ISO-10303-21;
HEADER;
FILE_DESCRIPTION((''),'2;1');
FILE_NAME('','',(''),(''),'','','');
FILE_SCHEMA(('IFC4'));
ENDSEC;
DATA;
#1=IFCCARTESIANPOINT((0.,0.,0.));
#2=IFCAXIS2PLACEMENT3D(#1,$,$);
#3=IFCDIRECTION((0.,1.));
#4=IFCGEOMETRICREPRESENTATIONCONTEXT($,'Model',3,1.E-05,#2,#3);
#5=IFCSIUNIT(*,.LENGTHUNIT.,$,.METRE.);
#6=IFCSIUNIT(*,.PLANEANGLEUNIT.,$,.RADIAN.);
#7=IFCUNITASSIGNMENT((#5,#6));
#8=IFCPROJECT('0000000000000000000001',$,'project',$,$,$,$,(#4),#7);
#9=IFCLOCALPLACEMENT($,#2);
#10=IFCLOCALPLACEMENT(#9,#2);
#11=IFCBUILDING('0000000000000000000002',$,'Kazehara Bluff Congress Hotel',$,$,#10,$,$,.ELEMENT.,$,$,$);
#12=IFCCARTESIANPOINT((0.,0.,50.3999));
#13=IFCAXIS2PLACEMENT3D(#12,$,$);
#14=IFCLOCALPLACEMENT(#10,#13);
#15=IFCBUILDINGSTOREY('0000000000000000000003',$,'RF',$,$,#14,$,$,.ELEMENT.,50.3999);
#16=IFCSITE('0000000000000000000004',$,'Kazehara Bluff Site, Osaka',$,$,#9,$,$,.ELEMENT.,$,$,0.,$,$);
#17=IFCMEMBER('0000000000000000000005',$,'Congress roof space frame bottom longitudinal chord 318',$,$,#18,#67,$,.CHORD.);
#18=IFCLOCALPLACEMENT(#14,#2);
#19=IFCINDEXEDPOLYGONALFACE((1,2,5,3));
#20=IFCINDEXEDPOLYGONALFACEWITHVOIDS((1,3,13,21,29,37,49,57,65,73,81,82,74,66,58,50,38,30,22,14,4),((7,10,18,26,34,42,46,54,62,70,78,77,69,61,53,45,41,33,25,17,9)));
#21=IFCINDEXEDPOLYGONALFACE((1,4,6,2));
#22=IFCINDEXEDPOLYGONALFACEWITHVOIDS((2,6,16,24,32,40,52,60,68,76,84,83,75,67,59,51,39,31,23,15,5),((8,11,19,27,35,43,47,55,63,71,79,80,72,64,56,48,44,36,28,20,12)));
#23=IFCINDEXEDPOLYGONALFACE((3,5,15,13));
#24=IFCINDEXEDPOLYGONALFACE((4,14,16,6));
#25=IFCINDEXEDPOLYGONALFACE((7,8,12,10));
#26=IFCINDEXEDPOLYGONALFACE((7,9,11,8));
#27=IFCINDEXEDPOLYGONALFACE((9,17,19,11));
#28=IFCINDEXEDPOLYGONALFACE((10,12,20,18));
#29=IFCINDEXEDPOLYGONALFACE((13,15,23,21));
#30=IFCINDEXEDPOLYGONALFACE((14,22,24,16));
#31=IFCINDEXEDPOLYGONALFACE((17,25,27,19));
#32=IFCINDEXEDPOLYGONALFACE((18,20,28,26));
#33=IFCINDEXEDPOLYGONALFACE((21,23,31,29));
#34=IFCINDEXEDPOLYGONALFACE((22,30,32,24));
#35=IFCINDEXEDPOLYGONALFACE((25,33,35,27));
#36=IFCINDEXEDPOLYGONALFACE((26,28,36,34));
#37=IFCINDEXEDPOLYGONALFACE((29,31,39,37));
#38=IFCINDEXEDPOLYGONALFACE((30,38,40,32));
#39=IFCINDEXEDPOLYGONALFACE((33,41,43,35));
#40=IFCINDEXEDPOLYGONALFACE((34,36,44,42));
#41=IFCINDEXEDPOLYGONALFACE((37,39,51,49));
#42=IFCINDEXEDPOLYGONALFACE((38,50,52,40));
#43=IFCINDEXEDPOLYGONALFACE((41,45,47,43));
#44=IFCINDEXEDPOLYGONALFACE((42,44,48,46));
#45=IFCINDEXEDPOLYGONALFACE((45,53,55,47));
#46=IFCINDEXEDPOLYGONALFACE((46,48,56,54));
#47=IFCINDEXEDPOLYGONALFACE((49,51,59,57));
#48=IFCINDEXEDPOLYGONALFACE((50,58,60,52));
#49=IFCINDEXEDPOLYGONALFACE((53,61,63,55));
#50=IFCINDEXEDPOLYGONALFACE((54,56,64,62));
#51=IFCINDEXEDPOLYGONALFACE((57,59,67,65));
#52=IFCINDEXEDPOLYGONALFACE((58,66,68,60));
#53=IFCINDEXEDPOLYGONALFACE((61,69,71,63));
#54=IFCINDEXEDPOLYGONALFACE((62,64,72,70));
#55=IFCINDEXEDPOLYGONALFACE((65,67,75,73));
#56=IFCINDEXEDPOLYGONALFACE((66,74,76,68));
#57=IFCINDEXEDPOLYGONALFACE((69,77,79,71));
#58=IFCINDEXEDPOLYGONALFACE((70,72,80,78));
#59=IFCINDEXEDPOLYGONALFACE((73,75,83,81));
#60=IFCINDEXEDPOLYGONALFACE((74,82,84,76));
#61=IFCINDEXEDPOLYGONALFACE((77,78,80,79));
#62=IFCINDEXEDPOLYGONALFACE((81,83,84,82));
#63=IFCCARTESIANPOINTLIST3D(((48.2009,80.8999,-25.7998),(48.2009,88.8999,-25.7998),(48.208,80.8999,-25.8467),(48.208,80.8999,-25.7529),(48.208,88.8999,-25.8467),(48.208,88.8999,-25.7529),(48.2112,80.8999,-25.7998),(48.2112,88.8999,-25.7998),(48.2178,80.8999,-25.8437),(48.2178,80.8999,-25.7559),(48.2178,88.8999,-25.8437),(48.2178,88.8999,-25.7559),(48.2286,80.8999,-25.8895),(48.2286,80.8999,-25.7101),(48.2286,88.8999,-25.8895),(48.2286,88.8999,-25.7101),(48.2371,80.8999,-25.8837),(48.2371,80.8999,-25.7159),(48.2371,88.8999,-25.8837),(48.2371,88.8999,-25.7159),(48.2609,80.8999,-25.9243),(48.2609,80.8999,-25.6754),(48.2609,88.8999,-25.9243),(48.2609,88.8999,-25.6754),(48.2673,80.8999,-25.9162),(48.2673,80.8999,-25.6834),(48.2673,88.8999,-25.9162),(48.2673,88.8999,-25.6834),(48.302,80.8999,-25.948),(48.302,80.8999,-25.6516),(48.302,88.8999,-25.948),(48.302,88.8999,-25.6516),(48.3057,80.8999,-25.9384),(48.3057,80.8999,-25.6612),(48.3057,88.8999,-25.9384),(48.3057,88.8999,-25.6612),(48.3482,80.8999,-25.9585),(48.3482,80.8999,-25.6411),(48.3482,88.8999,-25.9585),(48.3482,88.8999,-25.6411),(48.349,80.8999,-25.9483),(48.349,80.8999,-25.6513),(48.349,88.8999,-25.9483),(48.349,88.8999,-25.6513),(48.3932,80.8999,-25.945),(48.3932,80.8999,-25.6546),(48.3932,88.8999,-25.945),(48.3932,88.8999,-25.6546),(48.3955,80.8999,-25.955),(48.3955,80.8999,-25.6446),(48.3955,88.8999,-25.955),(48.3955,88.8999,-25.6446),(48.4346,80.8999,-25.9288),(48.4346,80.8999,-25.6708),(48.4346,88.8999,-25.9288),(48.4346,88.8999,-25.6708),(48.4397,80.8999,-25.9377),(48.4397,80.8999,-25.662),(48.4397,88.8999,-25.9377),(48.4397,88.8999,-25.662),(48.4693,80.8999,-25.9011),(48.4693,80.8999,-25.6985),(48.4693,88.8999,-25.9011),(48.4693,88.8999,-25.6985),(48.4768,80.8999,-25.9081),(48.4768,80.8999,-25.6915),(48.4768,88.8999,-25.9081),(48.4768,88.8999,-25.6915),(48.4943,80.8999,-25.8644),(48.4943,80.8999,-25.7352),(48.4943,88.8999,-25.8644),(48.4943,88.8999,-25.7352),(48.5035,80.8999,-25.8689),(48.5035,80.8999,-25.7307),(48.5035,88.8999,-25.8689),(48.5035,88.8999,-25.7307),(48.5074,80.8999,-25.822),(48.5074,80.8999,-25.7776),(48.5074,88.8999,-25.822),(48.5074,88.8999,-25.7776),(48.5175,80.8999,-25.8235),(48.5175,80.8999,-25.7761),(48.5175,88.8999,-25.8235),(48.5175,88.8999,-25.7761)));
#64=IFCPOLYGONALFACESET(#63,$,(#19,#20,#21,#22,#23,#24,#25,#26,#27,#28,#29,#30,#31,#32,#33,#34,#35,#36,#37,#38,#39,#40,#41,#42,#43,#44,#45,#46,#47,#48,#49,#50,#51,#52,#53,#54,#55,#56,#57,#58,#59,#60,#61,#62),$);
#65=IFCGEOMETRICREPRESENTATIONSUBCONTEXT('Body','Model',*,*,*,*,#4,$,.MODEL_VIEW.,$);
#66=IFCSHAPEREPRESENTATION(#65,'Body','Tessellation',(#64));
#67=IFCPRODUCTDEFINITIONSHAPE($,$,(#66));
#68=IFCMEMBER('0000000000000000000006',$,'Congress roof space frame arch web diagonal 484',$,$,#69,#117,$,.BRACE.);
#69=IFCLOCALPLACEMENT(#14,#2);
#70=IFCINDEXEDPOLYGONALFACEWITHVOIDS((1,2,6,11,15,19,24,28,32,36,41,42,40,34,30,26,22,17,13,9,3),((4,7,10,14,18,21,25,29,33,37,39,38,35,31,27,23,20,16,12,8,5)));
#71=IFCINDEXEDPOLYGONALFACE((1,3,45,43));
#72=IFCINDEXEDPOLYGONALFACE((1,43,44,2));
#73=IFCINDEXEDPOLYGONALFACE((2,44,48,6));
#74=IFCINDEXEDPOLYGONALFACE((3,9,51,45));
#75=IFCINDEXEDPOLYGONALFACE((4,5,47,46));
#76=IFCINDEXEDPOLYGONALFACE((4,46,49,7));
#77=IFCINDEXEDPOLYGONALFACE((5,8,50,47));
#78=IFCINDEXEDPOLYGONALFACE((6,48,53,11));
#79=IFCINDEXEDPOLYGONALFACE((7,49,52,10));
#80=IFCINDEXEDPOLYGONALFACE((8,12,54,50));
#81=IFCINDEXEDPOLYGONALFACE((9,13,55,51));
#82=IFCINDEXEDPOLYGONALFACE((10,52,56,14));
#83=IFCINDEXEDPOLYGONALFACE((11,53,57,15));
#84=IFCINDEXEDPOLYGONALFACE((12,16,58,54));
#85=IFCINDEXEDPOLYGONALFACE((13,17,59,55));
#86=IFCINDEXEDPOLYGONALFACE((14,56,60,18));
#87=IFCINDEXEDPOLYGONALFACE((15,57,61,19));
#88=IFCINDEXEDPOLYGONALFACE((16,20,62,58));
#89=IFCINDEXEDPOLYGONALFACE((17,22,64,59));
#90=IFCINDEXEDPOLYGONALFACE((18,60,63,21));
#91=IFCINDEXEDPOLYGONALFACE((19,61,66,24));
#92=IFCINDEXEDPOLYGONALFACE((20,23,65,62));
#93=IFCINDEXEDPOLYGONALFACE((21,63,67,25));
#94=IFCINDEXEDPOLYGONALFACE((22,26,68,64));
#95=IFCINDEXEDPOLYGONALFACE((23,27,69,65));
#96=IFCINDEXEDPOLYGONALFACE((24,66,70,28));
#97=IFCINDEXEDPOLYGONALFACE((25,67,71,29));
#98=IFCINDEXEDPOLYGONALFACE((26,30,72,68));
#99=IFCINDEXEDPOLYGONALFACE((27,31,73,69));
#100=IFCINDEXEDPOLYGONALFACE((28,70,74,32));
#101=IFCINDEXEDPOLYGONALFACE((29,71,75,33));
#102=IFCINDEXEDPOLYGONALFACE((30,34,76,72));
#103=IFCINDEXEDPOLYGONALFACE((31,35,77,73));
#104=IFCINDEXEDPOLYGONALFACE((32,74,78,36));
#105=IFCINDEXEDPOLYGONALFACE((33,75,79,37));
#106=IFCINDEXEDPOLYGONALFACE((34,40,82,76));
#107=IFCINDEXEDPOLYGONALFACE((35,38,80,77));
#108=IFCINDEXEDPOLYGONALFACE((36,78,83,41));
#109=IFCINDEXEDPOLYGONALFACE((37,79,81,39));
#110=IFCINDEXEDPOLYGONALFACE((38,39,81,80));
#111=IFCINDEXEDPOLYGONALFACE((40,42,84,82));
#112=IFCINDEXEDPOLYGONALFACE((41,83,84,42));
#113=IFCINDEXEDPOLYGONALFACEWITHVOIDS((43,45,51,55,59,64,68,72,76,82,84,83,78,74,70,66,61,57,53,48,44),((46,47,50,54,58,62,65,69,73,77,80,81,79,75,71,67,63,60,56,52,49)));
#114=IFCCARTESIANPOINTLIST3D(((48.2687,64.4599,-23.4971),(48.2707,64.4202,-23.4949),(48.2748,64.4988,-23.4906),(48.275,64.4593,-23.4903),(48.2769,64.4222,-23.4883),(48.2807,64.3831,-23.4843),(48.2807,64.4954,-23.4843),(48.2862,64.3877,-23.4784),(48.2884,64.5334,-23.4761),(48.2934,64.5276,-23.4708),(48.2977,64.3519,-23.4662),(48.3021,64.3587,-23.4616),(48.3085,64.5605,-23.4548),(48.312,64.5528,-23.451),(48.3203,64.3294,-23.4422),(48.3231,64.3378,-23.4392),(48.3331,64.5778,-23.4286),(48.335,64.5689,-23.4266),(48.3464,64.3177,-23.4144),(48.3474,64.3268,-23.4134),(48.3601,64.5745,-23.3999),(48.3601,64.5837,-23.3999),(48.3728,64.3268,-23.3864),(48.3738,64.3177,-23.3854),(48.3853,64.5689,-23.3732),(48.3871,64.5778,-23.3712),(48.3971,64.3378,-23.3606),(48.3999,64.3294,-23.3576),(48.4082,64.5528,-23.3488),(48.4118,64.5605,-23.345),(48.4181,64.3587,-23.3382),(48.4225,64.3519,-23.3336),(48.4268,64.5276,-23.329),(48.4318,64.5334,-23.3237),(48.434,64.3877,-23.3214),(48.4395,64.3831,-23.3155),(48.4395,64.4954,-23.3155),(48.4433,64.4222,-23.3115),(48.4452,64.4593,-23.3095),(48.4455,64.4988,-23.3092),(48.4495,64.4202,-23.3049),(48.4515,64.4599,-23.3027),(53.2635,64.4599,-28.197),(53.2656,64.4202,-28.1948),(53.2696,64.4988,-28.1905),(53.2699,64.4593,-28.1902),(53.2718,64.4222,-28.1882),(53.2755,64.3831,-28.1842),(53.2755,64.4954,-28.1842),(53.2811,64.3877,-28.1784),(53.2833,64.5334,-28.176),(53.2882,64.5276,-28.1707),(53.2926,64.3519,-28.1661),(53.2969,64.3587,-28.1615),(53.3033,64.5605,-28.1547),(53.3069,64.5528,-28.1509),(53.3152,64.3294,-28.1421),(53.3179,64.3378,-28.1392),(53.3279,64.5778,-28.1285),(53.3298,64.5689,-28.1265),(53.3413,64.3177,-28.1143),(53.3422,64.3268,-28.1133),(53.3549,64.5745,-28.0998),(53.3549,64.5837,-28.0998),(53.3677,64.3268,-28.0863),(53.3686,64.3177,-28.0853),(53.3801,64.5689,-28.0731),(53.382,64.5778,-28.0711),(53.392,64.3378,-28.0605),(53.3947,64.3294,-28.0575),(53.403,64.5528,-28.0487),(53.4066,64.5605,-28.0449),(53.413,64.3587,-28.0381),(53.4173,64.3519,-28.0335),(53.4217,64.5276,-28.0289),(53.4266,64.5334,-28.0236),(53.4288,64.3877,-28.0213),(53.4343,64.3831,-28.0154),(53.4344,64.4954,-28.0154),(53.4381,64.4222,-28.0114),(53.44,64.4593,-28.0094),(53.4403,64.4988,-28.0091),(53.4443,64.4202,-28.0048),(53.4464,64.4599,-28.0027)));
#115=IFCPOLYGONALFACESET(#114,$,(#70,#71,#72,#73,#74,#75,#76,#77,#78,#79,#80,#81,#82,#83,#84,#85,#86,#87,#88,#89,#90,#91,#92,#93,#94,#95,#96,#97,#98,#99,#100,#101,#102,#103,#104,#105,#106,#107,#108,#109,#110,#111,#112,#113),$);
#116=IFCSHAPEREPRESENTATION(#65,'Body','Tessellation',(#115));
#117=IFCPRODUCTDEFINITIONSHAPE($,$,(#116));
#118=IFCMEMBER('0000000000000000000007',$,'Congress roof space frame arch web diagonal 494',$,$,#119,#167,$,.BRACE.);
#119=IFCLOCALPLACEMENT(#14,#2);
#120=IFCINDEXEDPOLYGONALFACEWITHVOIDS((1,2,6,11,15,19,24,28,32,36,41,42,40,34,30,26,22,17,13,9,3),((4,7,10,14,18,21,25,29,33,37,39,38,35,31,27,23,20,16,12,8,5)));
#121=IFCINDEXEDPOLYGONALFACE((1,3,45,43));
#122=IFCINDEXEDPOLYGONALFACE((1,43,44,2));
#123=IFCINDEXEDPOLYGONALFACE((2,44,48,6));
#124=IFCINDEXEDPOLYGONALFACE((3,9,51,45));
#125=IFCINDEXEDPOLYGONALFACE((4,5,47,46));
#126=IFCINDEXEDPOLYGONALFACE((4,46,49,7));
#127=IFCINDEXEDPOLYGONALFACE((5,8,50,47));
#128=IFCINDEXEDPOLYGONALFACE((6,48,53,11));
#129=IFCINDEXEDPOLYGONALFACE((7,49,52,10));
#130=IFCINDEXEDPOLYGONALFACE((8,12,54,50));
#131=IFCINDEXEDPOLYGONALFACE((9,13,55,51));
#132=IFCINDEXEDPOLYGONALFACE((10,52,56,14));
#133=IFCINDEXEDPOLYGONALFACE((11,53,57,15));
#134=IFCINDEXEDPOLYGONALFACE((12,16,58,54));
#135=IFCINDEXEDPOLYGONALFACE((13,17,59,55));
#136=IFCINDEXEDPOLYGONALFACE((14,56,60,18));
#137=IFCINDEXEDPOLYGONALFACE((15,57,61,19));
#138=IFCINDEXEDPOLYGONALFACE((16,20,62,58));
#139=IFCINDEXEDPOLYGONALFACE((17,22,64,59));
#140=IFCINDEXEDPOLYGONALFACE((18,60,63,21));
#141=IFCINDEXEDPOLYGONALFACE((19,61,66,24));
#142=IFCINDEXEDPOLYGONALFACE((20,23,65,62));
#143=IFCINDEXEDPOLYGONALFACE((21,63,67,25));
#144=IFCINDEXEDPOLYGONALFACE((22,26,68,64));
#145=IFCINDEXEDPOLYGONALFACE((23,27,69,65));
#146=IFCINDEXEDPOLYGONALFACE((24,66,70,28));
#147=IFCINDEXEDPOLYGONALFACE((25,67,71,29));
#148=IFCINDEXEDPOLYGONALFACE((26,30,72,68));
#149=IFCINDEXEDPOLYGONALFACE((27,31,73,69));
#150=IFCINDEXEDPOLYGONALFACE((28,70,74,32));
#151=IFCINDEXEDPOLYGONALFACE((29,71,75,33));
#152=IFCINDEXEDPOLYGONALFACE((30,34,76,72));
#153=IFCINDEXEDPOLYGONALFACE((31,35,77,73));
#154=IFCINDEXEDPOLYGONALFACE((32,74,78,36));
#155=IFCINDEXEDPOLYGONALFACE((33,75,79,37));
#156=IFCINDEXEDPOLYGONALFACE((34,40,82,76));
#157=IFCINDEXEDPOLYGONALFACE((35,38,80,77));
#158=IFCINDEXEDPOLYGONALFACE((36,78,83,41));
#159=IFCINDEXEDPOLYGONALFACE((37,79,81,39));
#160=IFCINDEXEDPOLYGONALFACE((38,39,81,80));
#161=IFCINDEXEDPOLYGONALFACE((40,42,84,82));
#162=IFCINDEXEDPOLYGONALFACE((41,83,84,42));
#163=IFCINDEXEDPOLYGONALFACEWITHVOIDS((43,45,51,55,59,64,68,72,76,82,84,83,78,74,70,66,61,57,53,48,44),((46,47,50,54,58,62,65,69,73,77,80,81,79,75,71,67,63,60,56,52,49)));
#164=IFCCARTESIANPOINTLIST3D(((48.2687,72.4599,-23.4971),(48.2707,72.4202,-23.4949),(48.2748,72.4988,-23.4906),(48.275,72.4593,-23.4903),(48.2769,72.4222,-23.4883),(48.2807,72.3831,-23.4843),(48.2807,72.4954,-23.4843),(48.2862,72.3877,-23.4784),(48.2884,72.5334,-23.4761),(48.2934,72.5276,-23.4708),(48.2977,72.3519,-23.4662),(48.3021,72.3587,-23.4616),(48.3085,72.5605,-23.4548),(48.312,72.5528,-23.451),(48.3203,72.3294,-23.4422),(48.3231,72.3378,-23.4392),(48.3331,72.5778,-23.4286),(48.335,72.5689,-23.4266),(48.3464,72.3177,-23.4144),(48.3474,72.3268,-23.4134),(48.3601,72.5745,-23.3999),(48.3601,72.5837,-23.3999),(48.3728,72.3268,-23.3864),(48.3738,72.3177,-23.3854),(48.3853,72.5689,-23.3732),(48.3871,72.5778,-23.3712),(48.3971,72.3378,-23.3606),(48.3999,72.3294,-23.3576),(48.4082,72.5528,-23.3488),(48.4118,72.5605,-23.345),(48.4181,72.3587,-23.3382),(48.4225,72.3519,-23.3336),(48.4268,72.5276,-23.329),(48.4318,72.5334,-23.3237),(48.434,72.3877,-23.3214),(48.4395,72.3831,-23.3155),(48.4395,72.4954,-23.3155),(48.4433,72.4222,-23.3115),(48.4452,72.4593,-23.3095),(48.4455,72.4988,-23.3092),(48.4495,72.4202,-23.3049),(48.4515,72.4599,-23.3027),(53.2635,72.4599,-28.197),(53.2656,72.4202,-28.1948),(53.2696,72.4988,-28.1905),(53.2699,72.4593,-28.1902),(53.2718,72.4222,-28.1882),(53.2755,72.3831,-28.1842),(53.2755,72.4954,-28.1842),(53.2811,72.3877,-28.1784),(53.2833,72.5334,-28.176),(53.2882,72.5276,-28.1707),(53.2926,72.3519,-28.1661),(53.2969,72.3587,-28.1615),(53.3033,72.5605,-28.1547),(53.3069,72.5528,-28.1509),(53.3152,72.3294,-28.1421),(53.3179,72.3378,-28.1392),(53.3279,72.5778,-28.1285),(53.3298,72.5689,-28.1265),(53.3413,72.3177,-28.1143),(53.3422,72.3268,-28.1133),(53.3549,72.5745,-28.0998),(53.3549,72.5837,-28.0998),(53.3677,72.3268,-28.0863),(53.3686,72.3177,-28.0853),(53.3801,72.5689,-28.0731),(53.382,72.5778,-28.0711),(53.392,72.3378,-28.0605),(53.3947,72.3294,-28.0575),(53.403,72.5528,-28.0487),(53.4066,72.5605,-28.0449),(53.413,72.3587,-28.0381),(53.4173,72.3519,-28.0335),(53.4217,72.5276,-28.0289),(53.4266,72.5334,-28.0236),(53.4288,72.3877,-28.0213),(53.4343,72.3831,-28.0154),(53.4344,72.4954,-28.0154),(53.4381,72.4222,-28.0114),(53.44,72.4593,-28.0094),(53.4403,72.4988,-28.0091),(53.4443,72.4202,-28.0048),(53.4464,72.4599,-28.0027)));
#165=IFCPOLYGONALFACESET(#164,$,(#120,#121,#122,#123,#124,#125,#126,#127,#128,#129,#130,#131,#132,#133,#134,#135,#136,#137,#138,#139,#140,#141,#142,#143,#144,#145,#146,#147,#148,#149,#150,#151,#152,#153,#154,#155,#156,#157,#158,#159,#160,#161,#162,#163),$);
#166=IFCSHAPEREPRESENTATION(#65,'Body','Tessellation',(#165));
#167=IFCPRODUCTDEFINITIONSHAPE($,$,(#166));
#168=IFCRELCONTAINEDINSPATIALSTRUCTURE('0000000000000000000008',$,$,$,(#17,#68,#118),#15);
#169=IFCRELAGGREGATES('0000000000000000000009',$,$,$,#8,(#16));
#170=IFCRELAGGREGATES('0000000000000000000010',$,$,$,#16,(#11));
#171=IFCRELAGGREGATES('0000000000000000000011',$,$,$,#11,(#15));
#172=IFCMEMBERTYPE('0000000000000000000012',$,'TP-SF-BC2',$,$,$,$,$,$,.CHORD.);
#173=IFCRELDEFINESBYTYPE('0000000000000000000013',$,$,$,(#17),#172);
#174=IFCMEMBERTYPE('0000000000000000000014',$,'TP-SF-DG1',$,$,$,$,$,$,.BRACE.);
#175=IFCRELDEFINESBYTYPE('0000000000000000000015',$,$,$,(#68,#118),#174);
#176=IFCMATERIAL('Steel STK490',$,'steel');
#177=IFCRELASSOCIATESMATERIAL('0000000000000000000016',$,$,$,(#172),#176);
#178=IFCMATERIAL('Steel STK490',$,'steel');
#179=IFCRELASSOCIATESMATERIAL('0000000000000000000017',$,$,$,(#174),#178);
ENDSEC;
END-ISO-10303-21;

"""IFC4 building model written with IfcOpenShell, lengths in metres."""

from ifc_helpers import new_model, si_unit, direction, frame, origin, origin_2d, place, context, subcontext, project, spatial, hollow_circle, extrude, material, material_profile, profile_set, type_object, element, save


model = new_model("IFC4")

# Units and contexts
model_context = context("Model", 3, precision=1e-05, world=origin(), true_north=direction((0.0, 1.0)))
body_context = subcontext(model_context, "Body", "Model", "MODEL_VIEW")
ifc_project = project(units=[si_unit("LENGTHUNIT", "METRE"), si_unit("PLANEANGLEUNIT", "RADIAN")], contexts=[model_context])

# Site, building, storey
site_placement = place(None, origin())
site = spatial("IfcSite", under=ifc_project, at=site_placement, Name="Kazehara Bluff Site, Osaka", CompositionType="ELEMENT", RefElevation=0.0)
building_placement = place(site_placement, origin())
building = spatial("IfcBuilding", under=site, at=building_placement, Name="Kazehara Bluff Congress Hotel", CompositionType="ELEMENT")
storey_placement = place(building_placement, frame((0.0, 0.0, 50.3999)))
storey = spatial("IfcBuildingStorey", under=building, at=storey_placement, Name="RF", CompositionType="ELEMENT", Elevation=50.3999)

# Members
ifc_material_1 = material(Name="Steel STK490", Category="steel")
ifc_material_profile_1 = material_profile(ifc_material_1, hollow_circle(Radius=0.1592, WallThickness=0.0103, at=origin_2d()))
ifc_profile_set_1 = profile_set([ifc_material_profile_1], Name="Steel STK490")
member_type_1 = type_object("IfcMemberType", Name="TP-SF-BC2", PredefinedType="CHORD", material=ifc_profile_set_1)
member_1_placement = place(storey_placement, frame((48.3601, 80.8999, -25.7998), z_axis=(0.0, 1.0, 0.0), x_axis=(-1.0, 0.0, 0.0)))
element("IfcMember", 1, at=member_1_placement, inside=storey, type_object=member_type_1, Name="Congress roof space frame bottom longitudinal chord 318", PredefinedType="CHORD", context=body_context, shape_type="SweptSolid", body=[
    extrude(hollow_circle(Radius=0.1592, WallThickness=0.0103, at=origin_2d()), origin(), (0.0, 0.0, 1.0), 8.0),
])
ifc_material_2 = material(Name="Steel STK490", Category="steel")
ifc_material_profile_2 = material_profile(ifc_material_2, hollow_circle(Radius=0.1338, WallThickness=0.0093, at=origin_2d()))
ifc_profile_set_2 = profile_set([ifc_material_profile_2], Name="Steel STK490")
member_type_2 = type_object("IfcMemberType", Name="TP-SF-DG1", PredefinedType="BRACE", material=ifc_profile_set_2)
for number, where, z_axis, x_axis, name in (
    (2, (48.3601, 64.45, -23.3999), (0.72828, 0.0, -0.685279), (0.0, 1.0, 0.0), "Congress roof space frame arch web diagonal 484"),
    (3, (48.3601, 72.45, -23.3999), (0.72828, 0.0, -0.685279), (0.0, 1.0, 0.0), "Congress roof space frame arch web diagonal 494"),
):
    element("IfcMember", number, at=place(storey_placement, frame(where, z_axis=z_axis, x_axis=x_axis)), inside=storey, type_object=member_type_2, Name=name, PredefinedType="BRACE", context=body_context, shape_type="SweptSolid", body=[
        extrude(hollow_circle(Radius=0.1338, WallThickness=0.0093, at=origin_2d()), origin(), (0.0, 0.0, 1.0), 6.8584),
    ])

save(model, "model.ifc")
